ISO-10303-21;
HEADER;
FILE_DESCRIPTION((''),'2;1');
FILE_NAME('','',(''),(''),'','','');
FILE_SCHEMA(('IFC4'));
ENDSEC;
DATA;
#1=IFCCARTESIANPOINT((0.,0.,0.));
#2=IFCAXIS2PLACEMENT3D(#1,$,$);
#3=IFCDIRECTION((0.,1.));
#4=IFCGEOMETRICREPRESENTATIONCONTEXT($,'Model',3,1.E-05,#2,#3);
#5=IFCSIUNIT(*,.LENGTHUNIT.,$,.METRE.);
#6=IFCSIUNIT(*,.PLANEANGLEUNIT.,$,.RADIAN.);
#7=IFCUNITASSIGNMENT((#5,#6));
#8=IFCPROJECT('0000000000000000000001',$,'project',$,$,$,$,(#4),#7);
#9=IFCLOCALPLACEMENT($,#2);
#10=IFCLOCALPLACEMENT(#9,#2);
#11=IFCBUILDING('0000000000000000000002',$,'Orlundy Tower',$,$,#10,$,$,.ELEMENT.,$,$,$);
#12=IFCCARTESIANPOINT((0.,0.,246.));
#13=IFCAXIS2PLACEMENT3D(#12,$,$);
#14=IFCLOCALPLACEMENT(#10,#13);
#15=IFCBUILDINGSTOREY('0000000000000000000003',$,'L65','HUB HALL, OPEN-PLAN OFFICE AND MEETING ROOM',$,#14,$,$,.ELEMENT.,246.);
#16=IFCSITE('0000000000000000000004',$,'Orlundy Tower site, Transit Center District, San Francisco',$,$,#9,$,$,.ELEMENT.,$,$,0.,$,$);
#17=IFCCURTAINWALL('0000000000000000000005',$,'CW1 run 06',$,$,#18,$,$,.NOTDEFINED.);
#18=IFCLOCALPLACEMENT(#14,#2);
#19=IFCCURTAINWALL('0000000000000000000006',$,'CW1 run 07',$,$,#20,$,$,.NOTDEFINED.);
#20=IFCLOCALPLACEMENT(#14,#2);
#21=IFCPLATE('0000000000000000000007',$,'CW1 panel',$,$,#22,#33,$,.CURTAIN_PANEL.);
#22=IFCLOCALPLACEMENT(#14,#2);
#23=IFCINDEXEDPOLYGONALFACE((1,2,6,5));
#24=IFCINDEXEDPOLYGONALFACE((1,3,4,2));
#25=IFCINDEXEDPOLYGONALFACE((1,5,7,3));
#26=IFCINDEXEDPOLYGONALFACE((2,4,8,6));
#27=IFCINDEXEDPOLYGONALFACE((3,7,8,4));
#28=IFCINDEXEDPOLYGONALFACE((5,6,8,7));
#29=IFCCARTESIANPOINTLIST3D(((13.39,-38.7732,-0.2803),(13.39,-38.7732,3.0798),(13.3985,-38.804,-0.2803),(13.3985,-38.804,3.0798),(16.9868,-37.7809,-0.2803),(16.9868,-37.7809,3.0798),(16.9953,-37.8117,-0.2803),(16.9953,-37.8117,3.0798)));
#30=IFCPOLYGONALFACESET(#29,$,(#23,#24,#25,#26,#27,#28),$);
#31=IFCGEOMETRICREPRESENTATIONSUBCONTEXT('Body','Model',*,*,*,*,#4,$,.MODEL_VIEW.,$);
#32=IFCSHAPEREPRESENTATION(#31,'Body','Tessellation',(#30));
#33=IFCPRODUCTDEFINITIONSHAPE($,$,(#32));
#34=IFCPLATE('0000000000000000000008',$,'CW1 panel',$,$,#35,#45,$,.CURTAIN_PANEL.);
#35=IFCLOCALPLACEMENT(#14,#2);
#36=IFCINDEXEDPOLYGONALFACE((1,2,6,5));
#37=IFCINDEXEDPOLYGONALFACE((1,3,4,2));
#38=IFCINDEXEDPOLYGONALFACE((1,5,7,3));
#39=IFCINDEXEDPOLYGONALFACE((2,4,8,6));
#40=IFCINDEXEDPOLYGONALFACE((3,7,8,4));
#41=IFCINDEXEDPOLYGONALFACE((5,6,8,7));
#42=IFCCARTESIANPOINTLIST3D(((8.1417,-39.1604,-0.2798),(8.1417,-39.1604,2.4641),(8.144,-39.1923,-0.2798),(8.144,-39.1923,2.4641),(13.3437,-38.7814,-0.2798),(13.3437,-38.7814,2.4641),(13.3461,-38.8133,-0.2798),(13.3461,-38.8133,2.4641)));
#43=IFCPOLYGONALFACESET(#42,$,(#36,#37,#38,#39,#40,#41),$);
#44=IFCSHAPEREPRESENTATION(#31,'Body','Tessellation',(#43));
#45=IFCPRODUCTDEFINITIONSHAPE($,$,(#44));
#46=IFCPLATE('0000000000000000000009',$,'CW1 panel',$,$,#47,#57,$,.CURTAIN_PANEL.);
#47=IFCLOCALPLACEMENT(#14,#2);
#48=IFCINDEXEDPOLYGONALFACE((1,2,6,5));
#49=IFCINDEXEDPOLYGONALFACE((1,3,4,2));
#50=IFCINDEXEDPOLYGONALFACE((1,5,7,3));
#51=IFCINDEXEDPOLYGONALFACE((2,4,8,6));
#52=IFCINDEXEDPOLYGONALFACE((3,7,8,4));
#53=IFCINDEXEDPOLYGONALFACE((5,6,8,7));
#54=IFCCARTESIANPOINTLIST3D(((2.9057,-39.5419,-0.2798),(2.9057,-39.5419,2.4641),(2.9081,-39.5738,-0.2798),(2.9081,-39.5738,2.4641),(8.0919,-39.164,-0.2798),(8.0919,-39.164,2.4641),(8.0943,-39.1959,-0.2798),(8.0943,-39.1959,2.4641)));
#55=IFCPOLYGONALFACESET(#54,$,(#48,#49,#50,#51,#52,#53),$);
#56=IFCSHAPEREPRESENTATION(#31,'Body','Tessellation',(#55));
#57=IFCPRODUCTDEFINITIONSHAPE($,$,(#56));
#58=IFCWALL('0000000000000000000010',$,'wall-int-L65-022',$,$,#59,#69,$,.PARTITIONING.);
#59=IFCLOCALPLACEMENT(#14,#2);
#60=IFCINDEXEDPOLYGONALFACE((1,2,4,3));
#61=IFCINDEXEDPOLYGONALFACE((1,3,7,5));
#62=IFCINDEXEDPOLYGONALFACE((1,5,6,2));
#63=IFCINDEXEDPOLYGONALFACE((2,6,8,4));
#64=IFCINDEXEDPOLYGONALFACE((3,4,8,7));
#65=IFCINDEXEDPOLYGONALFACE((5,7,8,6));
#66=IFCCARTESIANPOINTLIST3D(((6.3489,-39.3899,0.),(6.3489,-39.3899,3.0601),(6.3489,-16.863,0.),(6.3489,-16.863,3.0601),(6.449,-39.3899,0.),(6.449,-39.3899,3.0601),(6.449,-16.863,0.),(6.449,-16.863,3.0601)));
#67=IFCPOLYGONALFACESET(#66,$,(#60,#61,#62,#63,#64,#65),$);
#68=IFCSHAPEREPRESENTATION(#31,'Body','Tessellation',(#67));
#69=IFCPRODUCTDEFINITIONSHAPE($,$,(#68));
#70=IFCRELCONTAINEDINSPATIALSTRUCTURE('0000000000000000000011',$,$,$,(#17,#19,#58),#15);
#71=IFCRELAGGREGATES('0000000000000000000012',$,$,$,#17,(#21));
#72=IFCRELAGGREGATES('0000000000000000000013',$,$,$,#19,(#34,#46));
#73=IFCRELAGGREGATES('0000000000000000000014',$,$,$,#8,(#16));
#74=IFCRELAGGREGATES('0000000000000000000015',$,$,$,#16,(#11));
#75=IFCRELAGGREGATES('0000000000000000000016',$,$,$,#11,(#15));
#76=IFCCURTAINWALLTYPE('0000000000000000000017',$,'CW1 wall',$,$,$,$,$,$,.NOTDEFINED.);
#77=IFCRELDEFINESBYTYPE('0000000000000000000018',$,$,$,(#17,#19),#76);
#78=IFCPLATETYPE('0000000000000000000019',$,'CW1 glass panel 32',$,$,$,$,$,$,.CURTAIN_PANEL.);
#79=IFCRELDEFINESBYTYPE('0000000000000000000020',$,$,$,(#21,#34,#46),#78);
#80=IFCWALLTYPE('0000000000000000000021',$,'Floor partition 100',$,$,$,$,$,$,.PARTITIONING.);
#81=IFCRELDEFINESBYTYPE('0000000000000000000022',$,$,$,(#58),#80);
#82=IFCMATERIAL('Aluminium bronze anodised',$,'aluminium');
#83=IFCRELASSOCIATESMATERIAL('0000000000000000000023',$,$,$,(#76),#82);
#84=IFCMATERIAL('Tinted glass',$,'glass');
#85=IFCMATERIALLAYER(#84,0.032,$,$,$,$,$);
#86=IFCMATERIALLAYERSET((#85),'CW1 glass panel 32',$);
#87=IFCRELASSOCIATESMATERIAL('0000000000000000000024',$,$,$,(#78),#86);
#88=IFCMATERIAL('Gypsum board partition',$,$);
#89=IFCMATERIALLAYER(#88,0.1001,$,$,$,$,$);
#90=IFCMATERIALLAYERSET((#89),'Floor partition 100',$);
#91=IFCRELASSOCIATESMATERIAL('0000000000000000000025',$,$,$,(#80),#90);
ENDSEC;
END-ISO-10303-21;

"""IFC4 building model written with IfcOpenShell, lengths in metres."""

from ifc_helpers import new_model, si_unit, direction, frame, frame_2d, origin, origin_2d, place, context, subcontext, project, spatial, rectangle, extrude, material, layer, layer_set, type_object, element, aggregate, save


model = new_model("IFC4")

# Units and contexts
model_context = context("Model", 3, precision=1e-05, world=origin(), true_north=direction((0.0, 1.0)))
body_context = subcontext(model_context, "Body", "Model", "MODEL_VIEW")
ifc_project = project(units=[si_unit("LENGTHUNIT", "METRE"), si_unit("PLANEANGLEUNIT", "RADIAN")], contexts=[model_context])

# Site, building, storey
site_placement = place(None, origin())
site = spatial("IfcSite", under=ifc_project, at=site_placement, Name="Orlundy Tower site, Transit Center District, San Francisco", CompositionType="ELEMENT", RefElevation=0.0)
building_placement = place(site_placement, origin())
building = spatial("IfcBuilding", under=site, at=building_placement, Name="Orlundy Tower", CompositionType="ELEMENT")
storey_placement = place(building_placement, frame((0.0, 0.0, 246.0)))
storey = spatial("IfcBuildingStorey", under=building, at=storey_placement, Name="L65", Description="HUB HALL, OPEN-PLAN OFFICE AND MEETING ROOM", CompositionType="ELEMENT", Elevation=246.0)

# Curtain wall
ifc_material_1 = material(Name="Aluminium bronze anodised", Category="aluminium")
curtain_wall_type = type_object("IfcCurtainWallType", Name="CW1 wall", PredefinedType="NOTDEFINED", material=ifc_material_1)
curtain_wall_1_placement = place(storey_placement, origin())
curtain_wall_1 = element("IfcCurtainWall", 1, at=curtain_wall_1_placement, inside=storey, type_object=curtain_wall_type, Name="CW1 run 06", PredefinedType="NOTDEFINED")

# Curtain wall
curtain_wall_2_placement = place(storey_placement, origin())
curtain_wall_2 = element("IfcCurtainWall", 2, at=curtain_wall_2_placement, inside=storey, type_object=curtain_wall_type, Name="CW1 run 07", PredefinedType="NOTDEFINED")

# Plates
ifc_material_2 = material(Name="Tinted glass", Category="glass")
ifc_layer_1 = layer(ifc_material_2, 0.032)
ifc_layer_set_1 = layer_set([ifc_layer_1], Name="CW1 glass panel 32")
plate_type = type_object("IfcPlateType", Name="CW1 glass panel 32", PredefinedType="CURTAIN_PANEL", material=ifc_layer_set_1)
plate_1_placement = place(storey_placement, frame((15.1926, -38.2925, -0.2803), z_axis=(0.0, 0.0, 1.0), x_axis=(-0.963988, -0.265946, 0.0)))
plate_1 = element("IfcPlate", 3, at=plate_1_placement, type_object=plate_type, Name="CW1 panel", PredefinedType="CURTAIN_PANEL", context=body_context, shape_type="SweptSolid", body=[
    extrude(rectangle(XDim=3.7312, YDim=0.032, at=origin_2d()), origin(), (0.0, 0.0, 1.0), 3.3601),
])
aggregate(curtain_wall_1, [plate_1])
plate_2_placement = place(storey_placement, frame((10.7439, -38.9868, -0.2798), z_axis=(0.0, 0.0, 1.0), x_axis=(-0.997356, -0.072668, 0.0)))
plate_2 = element("IfcPlate", 4, at=plate_2_placement, type_object=plate_type, Name="CW1 panel", PredefinedType="CURTAIN_PANEL", context=body_context, shape_type="SweptSolid", body=[
    extrude(rectangle(XDim=5.2158, YDim=0.032, at=origin_2d()), origin(), (0.0, 0.0, 1.0), 2.7439),
])
plate_3_placement = place(storey_placement, frame((5.5, -39.3689, -0.2798), z_axis=(0.0, 0.0, 1.0), x_axis=(-0.997356, -0.072668, 0.0)))
plate_3 = element("IfcPlate", 5, at=plate_3_placement, type_object=plate_type, Name="CW1 panel", PredefinedType="CURTAIN_PANEL", context=body_context, shape_type="SweptSolid", body=[
    extrude(rectangle(XDim=5.2, YDim=0.032, at=origin_2d()), origin(), (0.0, 0.0, 1.0), 2.7439),
])
aggregate(curtain_wall_2, [plate_2, plate_3])

# Wall
ifc_material_3 = material(Name="Gypsum board partition")
ifc_layer_2 = layer(ifc_material_3, 0.1001)
ifc_layer_set_2 = layer_set([ifc_layer_2], Name="Floor partition 100")
wall_type = type_object("IfcWallType", Name="Floor partition 100", PredefinedType="PARTITIONING", material=ifc_layer_set_2)
wall_placement = place(storey_placement, frame((6.3989, -39.3899, 0.0), z_axis=(0.0, 0.0, 1.0), x_axis=(0.0, 1.0, 0.0)))
element("IfcWall", 6, at=wall_placement, inside=storey, type_object=wall_type, Name="wall-int-L65-022", PredefinedType="PARTITIONING", context=body_context, shape_type="SweptSolid", body=[
    extrude(rectangle(XDim=22.5269, YDim=0.1001, at=frame_2d((11.2634, 0.0))), origin(), (0.0, 0.0, 1.0), 3.0601),
])

save(model, "model.ifc")
